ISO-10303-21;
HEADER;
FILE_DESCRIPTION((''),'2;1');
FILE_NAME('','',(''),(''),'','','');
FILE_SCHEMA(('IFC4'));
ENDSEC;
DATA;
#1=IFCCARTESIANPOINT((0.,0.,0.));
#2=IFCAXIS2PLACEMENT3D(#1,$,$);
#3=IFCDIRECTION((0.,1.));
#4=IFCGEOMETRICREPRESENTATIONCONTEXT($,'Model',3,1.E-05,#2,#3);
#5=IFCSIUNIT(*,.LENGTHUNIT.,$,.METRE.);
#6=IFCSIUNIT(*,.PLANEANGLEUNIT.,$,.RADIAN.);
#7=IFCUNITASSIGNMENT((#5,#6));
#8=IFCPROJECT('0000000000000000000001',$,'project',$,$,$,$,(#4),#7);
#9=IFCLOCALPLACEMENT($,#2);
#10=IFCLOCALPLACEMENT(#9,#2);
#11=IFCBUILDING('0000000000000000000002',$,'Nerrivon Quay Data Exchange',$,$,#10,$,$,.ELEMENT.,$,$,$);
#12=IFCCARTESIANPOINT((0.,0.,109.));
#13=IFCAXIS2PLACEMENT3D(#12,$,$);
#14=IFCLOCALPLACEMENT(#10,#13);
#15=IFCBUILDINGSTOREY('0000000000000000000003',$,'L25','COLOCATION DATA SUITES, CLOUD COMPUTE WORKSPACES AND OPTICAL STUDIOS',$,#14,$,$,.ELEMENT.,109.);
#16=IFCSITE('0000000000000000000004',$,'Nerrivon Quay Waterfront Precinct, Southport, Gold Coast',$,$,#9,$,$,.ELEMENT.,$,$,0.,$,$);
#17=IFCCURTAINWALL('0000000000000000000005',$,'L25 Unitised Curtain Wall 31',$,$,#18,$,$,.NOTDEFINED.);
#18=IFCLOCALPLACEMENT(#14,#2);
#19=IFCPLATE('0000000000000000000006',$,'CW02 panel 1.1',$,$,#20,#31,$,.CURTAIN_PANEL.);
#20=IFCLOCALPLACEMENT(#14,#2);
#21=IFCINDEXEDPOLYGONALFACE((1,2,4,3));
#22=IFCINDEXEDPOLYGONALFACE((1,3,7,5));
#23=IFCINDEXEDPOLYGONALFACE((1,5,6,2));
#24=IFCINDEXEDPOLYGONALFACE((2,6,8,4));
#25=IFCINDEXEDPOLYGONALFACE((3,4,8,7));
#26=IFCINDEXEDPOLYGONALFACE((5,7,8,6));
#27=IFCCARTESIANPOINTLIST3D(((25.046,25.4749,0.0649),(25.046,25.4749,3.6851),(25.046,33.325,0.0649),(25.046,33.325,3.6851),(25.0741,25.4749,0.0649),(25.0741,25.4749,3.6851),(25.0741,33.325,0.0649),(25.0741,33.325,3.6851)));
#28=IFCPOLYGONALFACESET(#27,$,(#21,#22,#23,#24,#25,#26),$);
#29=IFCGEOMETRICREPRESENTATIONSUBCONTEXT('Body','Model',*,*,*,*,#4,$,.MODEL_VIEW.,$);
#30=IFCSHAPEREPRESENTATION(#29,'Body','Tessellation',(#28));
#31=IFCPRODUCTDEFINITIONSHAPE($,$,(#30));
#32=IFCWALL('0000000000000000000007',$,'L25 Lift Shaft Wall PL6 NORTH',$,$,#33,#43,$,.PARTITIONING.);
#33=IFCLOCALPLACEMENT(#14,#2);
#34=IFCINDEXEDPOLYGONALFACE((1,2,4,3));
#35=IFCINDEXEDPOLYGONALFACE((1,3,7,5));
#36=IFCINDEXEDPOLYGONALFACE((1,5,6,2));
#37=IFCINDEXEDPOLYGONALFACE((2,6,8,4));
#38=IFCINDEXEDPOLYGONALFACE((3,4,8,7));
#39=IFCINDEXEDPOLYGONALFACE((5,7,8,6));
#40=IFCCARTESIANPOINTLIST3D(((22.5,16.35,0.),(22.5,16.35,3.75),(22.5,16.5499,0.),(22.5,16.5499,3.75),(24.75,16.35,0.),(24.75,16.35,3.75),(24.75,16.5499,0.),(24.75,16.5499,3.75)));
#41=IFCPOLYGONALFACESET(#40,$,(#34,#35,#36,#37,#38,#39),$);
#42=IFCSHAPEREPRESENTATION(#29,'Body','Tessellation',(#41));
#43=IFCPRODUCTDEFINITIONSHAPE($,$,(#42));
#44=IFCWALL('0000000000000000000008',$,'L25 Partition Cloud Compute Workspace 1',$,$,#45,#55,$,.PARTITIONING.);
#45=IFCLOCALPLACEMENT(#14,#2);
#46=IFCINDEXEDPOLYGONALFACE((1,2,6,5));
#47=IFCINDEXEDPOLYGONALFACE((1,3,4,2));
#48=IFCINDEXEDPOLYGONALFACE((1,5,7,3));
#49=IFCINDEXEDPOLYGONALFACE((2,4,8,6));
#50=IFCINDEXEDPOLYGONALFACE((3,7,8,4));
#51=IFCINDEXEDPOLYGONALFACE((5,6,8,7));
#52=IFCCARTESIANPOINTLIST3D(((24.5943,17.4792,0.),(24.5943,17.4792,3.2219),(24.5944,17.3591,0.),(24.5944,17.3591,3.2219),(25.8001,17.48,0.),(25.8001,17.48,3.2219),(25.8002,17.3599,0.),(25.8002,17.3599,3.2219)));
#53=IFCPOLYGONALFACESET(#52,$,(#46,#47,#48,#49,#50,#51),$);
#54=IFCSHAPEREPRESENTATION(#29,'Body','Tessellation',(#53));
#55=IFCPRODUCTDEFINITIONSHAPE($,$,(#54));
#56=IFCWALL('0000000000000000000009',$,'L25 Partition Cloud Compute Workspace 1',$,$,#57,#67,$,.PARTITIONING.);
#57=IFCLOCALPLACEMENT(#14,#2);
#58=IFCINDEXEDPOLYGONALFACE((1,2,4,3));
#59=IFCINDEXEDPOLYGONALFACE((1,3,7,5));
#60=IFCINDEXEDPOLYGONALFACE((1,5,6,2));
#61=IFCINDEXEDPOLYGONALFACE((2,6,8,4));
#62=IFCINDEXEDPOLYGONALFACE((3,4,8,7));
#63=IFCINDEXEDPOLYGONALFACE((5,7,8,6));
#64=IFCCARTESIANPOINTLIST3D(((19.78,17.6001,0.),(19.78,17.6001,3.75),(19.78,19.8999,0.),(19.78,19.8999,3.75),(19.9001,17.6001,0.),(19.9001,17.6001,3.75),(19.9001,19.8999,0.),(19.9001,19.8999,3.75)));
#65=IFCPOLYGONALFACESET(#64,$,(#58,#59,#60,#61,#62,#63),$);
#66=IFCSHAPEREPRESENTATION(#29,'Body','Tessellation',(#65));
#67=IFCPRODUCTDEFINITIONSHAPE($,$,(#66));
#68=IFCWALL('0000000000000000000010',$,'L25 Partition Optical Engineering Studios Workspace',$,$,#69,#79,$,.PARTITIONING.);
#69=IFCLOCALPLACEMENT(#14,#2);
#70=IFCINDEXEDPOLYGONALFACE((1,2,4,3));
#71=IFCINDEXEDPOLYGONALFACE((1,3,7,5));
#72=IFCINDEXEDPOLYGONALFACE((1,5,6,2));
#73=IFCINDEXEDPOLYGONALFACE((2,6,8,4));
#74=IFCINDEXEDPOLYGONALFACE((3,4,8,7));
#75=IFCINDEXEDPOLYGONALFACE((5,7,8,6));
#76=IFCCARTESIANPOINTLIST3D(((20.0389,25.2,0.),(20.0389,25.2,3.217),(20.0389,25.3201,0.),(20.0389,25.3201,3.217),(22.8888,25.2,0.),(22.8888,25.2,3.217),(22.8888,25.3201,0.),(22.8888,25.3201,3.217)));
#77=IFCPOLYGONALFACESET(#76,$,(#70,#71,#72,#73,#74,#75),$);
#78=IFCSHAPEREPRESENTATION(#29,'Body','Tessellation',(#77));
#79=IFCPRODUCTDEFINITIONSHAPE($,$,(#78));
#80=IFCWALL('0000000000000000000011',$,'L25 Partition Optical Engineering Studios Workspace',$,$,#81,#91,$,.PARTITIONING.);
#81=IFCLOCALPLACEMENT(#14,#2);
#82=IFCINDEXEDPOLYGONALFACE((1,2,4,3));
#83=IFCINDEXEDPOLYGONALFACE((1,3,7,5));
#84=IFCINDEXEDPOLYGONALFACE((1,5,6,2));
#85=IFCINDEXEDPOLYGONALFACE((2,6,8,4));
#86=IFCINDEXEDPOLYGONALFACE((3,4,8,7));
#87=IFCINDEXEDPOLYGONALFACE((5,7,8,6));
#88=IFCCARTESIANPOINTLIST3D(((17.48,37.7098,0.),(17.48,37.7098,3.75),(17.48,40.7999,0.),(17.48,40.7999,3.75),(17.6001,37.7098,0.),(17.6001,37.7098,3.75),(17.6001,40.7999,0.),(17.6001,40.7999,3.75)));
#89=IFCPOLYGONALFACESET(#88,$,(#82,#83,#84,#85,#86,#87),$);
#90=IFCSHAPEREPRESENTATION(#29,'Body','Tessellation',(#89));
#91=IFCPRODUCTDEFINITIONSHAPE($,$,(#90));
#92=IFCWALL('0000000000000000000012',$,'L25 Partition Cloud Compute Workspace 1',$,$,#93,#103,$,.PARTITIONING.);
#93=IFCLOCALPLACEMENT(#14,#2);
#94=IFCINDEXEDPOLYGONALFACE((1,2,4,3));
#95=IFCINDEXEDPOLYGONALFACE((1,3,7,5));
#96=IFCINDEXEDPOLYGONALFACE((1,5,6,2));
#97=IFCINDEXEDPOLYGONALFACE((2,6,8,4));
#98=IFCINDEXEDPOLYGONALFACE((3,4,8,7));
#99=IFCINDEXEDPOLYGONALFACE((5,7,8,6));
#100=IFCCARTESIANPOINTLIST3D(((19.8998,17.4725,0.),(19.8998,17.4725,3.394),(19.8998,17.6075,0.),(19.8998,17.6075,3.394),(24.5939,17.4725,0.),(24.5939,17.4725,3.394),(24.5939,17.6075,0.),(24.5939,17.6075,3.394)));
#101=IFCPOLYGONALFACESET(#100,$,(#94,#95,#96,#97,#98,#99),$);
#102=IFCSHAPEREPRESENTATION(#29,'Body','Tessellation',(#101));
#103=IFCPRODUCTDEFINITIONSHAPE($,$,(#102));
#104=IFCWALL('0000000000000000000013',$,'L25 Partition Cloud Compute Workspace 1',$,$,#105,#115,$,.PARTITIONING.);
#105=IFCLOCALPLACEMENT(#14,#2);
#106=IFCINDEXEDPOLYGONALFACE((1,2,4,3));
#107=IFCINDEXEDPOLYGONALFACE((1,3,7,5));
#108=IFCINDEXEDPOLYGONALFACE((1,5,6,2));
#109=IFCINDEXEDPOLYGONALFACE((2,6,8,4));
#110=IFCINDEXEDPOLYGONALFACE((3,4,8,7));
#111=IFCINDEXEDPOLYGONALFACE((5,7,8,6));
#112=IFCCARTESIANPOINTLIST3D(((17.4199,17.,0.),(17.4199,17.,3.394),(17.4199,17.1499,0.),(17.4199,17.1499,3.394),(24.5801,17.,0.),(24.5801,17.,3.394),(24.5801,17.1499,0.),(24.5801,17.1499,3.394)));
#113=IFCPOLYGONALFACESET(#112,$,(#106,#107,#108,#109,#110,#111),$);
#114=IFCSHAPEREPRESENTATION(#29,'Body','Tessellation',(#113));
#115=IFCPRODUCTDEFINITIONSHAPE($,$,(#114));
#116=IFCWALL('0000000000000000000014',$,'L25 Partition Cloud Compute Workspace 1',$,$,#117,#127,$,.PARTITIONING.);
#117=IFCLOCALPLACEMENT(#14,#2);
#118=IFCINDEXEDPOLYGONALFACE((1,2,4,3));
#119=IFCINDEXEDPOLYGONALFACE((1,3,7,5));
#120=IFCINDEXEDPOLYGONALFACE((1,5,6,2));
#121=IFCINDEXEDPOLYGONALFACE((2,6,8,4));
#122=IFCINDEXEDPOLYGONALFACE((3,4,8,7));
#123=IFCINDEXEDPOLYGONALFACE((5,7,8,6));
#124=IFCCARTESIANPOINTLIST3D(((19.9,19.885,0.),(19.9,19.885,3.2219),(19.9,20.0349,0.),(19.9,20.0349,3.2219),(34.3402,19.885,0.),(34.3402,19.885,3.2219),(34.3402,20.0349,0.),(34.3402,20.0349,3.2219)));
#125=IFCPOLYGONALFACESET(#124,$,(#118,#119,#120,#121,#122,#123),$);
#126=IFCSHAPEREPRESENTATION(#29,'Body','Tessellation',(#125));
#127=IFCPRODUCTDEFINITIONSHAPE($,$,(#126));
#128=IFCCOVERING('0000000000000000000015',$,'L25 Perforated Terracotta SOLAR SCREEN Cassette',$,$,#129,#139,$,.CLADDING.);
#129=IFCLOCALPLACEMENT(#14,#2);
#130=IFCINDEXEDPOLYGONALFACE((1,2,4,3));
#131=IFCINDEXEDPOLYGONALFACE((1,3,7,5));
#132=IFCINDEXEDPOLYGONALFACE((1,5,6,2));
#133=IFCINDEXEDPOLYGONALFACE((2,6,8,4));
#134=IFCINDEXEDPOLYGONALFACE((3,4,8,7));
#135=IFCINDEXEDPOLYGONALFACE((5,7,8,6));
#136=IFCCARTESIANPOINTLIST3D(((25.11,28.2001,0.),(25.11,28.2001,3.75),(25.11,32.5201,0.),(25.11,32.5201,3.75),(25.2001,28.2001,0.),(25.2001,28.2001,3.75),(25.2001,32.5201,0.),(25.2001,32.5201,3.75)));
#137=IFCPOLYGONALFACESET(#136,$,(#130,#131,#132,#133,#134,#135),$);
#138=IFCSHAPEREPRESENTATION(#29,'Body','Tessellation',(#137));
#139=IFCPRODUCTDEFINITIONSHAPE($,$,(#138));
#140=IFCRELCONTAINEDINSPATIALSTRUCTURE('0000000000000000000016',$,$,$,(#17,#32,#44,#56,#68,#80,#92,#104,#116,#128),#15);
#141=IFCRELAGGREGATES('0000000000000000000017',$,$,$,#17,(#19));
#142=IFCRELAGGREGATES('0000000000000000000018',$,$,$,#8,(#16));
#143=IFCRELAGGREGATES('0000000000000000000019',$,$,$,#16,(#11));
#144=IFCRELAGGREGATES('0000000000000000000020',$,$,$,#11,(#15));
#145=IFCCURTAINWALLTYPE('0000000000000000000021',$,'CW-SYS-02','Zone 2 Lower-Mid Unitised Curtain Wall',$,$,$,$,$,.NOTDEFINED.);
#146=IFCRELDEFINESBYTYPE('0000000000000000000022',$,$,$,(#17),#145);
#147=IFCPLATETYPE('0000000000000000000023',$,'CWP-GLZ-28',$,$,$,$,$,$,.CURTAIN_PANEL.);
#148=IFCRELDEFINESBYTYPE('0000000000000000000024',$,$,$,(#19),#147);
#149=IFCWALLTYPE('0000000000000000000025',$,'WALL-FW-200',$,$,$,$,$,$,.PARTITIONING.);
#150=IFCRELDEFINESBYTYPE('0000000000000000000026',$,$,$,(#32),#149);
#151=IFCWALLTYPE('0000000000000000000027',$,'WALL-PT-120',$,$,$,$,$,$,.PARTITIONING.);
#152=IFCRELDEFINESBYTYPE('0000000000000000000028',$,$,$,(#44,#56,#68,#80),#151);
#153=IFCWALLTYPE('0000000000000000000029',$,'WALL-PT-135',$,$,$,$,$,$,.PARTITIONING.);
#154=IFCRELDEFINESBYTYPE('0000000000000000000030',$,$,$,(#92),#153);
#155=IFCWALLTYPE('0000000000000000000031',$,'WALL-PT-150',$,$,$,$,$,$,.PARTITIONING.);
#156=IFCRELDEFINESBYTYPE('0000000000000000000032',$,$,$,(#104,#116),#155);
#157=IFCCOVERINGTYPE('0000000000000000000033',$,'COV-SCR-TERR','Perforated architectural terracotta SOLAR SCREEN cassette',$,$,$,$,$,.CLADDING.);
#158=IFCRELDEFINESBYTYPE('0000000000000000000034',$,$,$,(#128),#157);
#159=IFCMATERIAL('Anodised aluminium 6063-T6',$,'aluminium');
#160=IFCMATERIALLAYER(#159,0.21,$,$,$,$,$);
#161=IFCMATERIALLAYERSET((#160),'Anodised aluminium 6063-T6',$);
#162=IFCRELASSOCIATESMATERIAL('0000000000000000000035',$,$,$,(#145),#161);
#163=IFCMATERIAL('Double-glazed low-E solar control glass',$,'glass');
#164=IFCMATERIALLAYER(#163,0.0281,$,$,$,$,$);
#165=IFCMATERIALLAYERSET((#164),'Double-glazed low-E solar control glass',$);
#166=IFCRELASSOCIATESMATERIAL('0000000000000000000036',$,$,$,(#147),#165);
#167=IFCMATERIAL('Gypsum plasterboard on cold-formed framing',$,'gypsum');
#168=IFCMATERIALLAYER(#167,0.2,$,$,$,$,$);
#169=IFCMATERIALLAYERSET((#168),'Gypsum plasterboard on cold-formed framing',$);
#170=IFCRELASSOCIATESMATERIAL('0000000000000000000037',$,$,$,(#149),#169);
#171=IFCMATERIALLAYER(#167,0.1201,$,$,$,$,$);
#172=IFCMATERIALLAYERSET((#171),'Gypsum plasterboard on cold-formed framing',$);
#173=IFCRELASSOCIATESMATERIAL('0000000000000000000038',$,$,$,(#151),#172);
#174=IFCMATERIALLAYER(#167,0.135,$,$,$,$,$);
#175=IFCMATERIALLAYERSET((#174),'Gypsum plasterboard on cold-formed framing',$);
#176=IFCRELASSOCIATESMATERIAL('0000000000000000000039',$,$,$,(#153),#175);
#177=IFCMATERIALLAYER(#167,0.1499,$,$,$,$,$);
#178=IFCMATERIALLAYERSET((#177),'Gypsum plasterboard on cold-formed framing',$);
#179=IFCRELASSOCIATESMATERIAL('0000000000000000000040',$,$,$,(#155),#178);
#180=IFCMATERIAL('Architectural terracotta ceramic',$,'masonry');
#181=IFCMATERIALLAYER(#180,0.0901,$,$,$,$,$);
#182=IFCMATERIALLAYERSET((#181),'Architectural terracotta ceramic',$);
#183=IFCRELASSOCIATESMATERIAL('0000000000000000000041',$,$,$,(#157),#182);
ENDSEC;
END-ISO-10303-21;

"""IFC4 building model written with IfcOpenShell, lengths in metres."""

from ifc_helpers import new_model, si_unit, direction, frame, frame_2d, origin, origin_2d, place, context, subcontext, project, spatial, rectangle, extrude, material, layer, layer_set, type_object, element, aggregate, save


model = new_model("IFC4")

# Units and contexts
model_context = context("Model", 3, precision=1e-05, world=origin(), true_north=direction((0.0, 1.0)))
body_context = subcontext(model_context, "Body", "Model", "MODEL_VIEW")
ifc_project = project(units=[si_unit("LENGTHUNIT", "METRE"), si_unit("PLANEANGLEUNIT", "RADIAN")], contexts=[model_context])

# Site, building, storey
site_placement = place(None, origin())
site = spatial("IfcSite", under=ifc_project, at=site_placement, Name="Nerrivon Quay Waterfront Precinct, Southport, Gold Coast", CompositionType="ELEMENT", RefElevation=0.0)
building_placement = place(site_placement, origin())
building = spatial("IfcBuilding", under=site, at=building_placement, Name="Nerrivon Quay Data Exchange", CompositionType="ELEMENT")
storey_placement = place(building_placement, frame((0.0, 0.0, 109.0)))
storey = spatial("IfcBuildingStorey", under=building, at=storey_placement, Name="L25", Description="COLOCATION DATA SUITES, CLOUD COMPUTE WORKSPACES AND OPTICAL STUDIOS", CompositionType="ELEMENT", Elevation=109.0)

# Shared definitions
ifc_material_1 = material(Name="Anodised aluminium 6063-T6", Category="aluminium")
ifc_layer_1 = layer(ifc_material_1, 0.21)
ifc_layer_set_1 = layer_set([ifc_layer_1], Name="Anodised aluminium 6063-T6")
curtain_wall_type = type_object("IfcCurtainWallType", Name="CW-SYS-02", Description="Zone 2 Lower-Mid Unitised Curtain Wall", PredefinedType="NOTDEFINED", material=ifc_layer_set_1)

# Curtain wall
curtain_wall_1_placement = place(storey_placement, origin())
curtain_wall_1 = element("IfcCurtainWall", 1, at=curtain_wall_1_placement, inside=storey, type_object=curtain_wall_type, Name="L25 Unitised Curtain Wall 31", PredefinedType="NOTDEFINED")

# Plate
ifc_material_2 = material(Name="Double-glazed low-E solar control glass", Category="glass")
ifc_layer_2 = layer(ifc_material_2, 0.0281)
ifc_layer_set_2 = layer_set([ifc_layer_2], Name="Double-glazed low-E solar control glass")
plate_type = type_object("IfcPlateType", Name="CWP-GLZ-28", PredefinedType="CURTAIN_PANEL", material=ifc_layer_set_2)
plate_placement = place(storey_placement, frame((25.0601, 29.3999, 0.0649), z_axis=(0.0, 0.0, 1.0), x_axis=(0.0, -1.0, 0.0)))
plate = element("IfcPlate", 2, at=plate_placement, type_object=plate_type, Name="CW02 panel 1.1", PredefinedType="CURTAIN_PANEL", context=body_context, shape_type="SweptSolid", body=[
    extrude(rectangle(XDim=7.8501, YDim=0.0281, at=origin_2d()), origin(), (0.0, 0.0, 1.0), 3.6201),
])
aggregate(curtain_wall_1, [plate])

# Wall
ifc_material_3 = material(Name="Gypsum plasterboard on cold-formed framing", Category="gypsum")
ifc_layer_3 = layer(ifc_material_3, 0.2)
ifc_layer_set_3 = layer_set([ifc_layer_3], Name="Gypsum plasterboard on cold-formed framing")
wall_type_1 = type_object("IfcWallType", Name="WALL-FW-200", PredefinedType="PARTITIONING", material=ifc_layer_set_3)
wall_1_placement = place(storey_placement, frame((22.5, 16.45, 0.0), z_axis=(0.0, 0.0, 1.0), x_axis=(1.0, 0.0, 0.0)))
element("IfcWall", 3, at=wall_1_placement, inside=storey, type_object=wall_type_1, Name="L25 Lift Shaft Wall PL6 NORTH", PredefinedType="PARTITIONING", context=body_context, shape_type="SweptSolid", body=[
    extrude(rectangle(XDim=2.25, YDim=0.2, at=frame_2d((1.125, 0.0))), origin(), (0.0, 0.0, 1.0), 3.75),
])

# Shared definitions
ifc_layer_4 = layer(ifc_material_3, 0.1201)
ifc_layer_set_4 = layer_set([ifc_layer_4], Name="Gypsum plasterboard on cold-formed framing")
wall_type_2 = type_object("IfcWallType", Name="WALL-PT-120", PredefinedType="PARTITIONING", material=ifc_layer_set_4)

# Walls
wall_2_placement = place(storey_placement, frame((24.5942, 17.4192, 0.0), z_axis=(0.0, 0.0, 1.0), x_axis=(1.0, 0.000607, 0.0)))
element("IfcWall", 4, at=wall_2_placement, inside=storey, type_object=wall_type_2, Name="L25 Partition Cloud Compute Workspace 1", PredefinedType="PARTITIONING", context=body_context, shape_type="SweptSolid", body=[
    extrude(rectangle(XDim=1.2058, YDim=0.1201, at=frame_2d((0.603, 0.0))), origin(), (0.0, 0.0, 1.0), 3.2219),
])
wall_3_placement = place(storey_placement, frame((19.8401, 17.6001, 0.0), z_axis=(0.0, 0.0, 1.0), x_axis=(0.0, 1.0, 0.0)))
element("IfcWall", 5, at=wall_3_placement, inside=storey, type_object=wall_type_2, Name="L25 Partition Cloud Compute Workspace 1", PredefinedType="PARTITIONING", context=body_context, shape_type="SweptSolid", body=[
    extrude(rectangle(XDim=2.2998, YDim=0.1201, at=frame_2d((1.1499, 0.0))), origin(), (0.0, 0.0, 1.0), 3.75),
])
wall_4_placement = place(storey_placement, frame((20.0391, 25.26, 0.0), z_axis=(0.0, 0.0, 1.0), x_axis=(1.0, 0.0, 0.0)))
element("IfcWall", 6, at=wall_4_placement, inside=storey, type_object=wall_type_2, Name="L25 Partition Optical Engineering Studios Workspace", PredefinedType="PARTITIONING", context=body_context, shape_type="SweptSolid", body=[
    extrude(rectangle(XDim=2.8499, YDim=0.1201, at=frame_2d((1.4248, 0.0))), origin(), (0.0, 0.0, 1.0), 3.217),
])
wall_5_placement = place(storey_placement, frame((17.54, 37.71, 0.0), z_axis=(0.0, 0.0, 1.0), x_axis=(0.0, 1.0, 0.0)))
element("IfcWall", 7, at=wall_5_placement, inside=storey, type_object=wall_type_2, Name="L25 Partition Optical Engineering Studios Workspace", PredefinedType="PARTITIONING", context=body_context, shape_type="SweptSolid", body=[
    extrude(rectangle(XDim=3.0901, YDim=0.1201, at=frame_2d((1.5449, 0.0))), origin(), (0.0, 0.0, 1.0), 3.75),
])
ifc_layer_5 = layer(ifc_material_3, 0.135)
ifc_layer_set_5 = layer_set([ifc_layer_5], Name="Gypsum plasterboard on cold-formed framing")
wall_type_3 = type_object("IfcWallType", Name="WALL-PT-135", PredefinedType="PARTITIONING", material=ifc_layer_set_5)
wall_6_placement = place(storey_placement, frame((24.594, 17.54, 0.0), z_axis=(0.0, 0.0, 1.0), x_axis=(-1.0, 0.0, 0.0)))
element("IfcWall", 8, at=wall_6_placement, inside=storey, type_object=wall_type_3, Name="L25 Partition Cloud Compute Workspace 1", PredefinedType="PARTITIONING", context=body_context, shape_type="SweptSolid", body=[
    extrude(rectangle(XDim=4.6941, YDim=0.135, at=frame_2d((2.3472, 0.0))), origin(), (0.0, 0.0, 1.0), 3.394),
])
ifc_layer_6 = layer(ifc_material_3, 0.1499)
ifc_layer_set_6 = layer_set([ifc_layer_6], Name="Gypsum plasterboard on cold-formed framing")
wall_type_4 = type_object("IfcWallType", Name="WALL-PT-150", PredefinedType="PARTITIONING", material=ifc_layer_set_6)
wall_7_placement = place(storey_placement, frame((17.4199, 17.075, 0.0), z_axis=(0.0, 0.0, 1.0), x_axis=(1.0, 0.0, 0.0)))
element("IfcWall", 9, at=wall_7_placement, inside=storey, type_object=wall_type_4, Name="L25 Partition Cloud Compute Workspace 1", PredefinedType="PARTITIONING", context=body_context, shape_type="SweptSolid", body=[
    extrude(rectangle(XDim=7.1602, YDim=0.1499, at=frame_2d((3.5801, 0.0))), origin(), (0.0, 0.0, 1.0), 3.394),
])
wall_8_placement = place(storey_placement, frame((19.8999, 19.96, 0.0), z_axis=(0.0, 0.0, 1.0), x_axis=(1.0, 0.0, 0.0)))
element("IfcWall", 10, at=wall_8_placement, inside=storey, type_object=wall_type_4, Name="L25 Partition Cloud Compute Workspace 1", PredefinedType="PARTITIONING", context=body_context, shape_type="SweptSolid", body=[
    extrude(rectangle(XDim=14.4402, YDim=0.1499, at=frame_2d((7.2202, 0.0))), origin(), (0.0, 0.0, 1.0), 3.2219),
])

# Covering
ifc_material_4 = material(Name="Architectural terracotta ceramic", Category="masonry")
ifc_layer_7 = layer(ifc_material_4, 0.0901)
ifc_layer_set_7 = layer_set([ifc_layer_7], Name="Architectural terracotta ceramic")
covering_type = type_object("IfcCoveringType", Name="COV-SCR-TERR", Description="Perforated architectural terracotta SOLAR SCREEN cassette", PredefinedType="CLADDING", material=ifc_layer_set_7)
covering_placement = place(storey_placement, frame((25.155, 30.3601, 0.0), z_axis=(0.0, 0.0, 1.0), x_axis=(0.0, -1.0, 0.0)))
element("IfcCovering", 11, at=covering_placement, inside=storey, type_object=covering_type, Name="L25 Perforated Terracotta SOLAR SCREEN Cassette", PredefinedType="CLADDING", context=body_context, shape_type="SweptSolid", body=[
    extrude(rectangle(XDim=4.3201, YDim=0.0901, at=origin_2d()), origin(), (0.0, 0.0, 1.0), 3.75),
])

save(model, "model.ifc")
